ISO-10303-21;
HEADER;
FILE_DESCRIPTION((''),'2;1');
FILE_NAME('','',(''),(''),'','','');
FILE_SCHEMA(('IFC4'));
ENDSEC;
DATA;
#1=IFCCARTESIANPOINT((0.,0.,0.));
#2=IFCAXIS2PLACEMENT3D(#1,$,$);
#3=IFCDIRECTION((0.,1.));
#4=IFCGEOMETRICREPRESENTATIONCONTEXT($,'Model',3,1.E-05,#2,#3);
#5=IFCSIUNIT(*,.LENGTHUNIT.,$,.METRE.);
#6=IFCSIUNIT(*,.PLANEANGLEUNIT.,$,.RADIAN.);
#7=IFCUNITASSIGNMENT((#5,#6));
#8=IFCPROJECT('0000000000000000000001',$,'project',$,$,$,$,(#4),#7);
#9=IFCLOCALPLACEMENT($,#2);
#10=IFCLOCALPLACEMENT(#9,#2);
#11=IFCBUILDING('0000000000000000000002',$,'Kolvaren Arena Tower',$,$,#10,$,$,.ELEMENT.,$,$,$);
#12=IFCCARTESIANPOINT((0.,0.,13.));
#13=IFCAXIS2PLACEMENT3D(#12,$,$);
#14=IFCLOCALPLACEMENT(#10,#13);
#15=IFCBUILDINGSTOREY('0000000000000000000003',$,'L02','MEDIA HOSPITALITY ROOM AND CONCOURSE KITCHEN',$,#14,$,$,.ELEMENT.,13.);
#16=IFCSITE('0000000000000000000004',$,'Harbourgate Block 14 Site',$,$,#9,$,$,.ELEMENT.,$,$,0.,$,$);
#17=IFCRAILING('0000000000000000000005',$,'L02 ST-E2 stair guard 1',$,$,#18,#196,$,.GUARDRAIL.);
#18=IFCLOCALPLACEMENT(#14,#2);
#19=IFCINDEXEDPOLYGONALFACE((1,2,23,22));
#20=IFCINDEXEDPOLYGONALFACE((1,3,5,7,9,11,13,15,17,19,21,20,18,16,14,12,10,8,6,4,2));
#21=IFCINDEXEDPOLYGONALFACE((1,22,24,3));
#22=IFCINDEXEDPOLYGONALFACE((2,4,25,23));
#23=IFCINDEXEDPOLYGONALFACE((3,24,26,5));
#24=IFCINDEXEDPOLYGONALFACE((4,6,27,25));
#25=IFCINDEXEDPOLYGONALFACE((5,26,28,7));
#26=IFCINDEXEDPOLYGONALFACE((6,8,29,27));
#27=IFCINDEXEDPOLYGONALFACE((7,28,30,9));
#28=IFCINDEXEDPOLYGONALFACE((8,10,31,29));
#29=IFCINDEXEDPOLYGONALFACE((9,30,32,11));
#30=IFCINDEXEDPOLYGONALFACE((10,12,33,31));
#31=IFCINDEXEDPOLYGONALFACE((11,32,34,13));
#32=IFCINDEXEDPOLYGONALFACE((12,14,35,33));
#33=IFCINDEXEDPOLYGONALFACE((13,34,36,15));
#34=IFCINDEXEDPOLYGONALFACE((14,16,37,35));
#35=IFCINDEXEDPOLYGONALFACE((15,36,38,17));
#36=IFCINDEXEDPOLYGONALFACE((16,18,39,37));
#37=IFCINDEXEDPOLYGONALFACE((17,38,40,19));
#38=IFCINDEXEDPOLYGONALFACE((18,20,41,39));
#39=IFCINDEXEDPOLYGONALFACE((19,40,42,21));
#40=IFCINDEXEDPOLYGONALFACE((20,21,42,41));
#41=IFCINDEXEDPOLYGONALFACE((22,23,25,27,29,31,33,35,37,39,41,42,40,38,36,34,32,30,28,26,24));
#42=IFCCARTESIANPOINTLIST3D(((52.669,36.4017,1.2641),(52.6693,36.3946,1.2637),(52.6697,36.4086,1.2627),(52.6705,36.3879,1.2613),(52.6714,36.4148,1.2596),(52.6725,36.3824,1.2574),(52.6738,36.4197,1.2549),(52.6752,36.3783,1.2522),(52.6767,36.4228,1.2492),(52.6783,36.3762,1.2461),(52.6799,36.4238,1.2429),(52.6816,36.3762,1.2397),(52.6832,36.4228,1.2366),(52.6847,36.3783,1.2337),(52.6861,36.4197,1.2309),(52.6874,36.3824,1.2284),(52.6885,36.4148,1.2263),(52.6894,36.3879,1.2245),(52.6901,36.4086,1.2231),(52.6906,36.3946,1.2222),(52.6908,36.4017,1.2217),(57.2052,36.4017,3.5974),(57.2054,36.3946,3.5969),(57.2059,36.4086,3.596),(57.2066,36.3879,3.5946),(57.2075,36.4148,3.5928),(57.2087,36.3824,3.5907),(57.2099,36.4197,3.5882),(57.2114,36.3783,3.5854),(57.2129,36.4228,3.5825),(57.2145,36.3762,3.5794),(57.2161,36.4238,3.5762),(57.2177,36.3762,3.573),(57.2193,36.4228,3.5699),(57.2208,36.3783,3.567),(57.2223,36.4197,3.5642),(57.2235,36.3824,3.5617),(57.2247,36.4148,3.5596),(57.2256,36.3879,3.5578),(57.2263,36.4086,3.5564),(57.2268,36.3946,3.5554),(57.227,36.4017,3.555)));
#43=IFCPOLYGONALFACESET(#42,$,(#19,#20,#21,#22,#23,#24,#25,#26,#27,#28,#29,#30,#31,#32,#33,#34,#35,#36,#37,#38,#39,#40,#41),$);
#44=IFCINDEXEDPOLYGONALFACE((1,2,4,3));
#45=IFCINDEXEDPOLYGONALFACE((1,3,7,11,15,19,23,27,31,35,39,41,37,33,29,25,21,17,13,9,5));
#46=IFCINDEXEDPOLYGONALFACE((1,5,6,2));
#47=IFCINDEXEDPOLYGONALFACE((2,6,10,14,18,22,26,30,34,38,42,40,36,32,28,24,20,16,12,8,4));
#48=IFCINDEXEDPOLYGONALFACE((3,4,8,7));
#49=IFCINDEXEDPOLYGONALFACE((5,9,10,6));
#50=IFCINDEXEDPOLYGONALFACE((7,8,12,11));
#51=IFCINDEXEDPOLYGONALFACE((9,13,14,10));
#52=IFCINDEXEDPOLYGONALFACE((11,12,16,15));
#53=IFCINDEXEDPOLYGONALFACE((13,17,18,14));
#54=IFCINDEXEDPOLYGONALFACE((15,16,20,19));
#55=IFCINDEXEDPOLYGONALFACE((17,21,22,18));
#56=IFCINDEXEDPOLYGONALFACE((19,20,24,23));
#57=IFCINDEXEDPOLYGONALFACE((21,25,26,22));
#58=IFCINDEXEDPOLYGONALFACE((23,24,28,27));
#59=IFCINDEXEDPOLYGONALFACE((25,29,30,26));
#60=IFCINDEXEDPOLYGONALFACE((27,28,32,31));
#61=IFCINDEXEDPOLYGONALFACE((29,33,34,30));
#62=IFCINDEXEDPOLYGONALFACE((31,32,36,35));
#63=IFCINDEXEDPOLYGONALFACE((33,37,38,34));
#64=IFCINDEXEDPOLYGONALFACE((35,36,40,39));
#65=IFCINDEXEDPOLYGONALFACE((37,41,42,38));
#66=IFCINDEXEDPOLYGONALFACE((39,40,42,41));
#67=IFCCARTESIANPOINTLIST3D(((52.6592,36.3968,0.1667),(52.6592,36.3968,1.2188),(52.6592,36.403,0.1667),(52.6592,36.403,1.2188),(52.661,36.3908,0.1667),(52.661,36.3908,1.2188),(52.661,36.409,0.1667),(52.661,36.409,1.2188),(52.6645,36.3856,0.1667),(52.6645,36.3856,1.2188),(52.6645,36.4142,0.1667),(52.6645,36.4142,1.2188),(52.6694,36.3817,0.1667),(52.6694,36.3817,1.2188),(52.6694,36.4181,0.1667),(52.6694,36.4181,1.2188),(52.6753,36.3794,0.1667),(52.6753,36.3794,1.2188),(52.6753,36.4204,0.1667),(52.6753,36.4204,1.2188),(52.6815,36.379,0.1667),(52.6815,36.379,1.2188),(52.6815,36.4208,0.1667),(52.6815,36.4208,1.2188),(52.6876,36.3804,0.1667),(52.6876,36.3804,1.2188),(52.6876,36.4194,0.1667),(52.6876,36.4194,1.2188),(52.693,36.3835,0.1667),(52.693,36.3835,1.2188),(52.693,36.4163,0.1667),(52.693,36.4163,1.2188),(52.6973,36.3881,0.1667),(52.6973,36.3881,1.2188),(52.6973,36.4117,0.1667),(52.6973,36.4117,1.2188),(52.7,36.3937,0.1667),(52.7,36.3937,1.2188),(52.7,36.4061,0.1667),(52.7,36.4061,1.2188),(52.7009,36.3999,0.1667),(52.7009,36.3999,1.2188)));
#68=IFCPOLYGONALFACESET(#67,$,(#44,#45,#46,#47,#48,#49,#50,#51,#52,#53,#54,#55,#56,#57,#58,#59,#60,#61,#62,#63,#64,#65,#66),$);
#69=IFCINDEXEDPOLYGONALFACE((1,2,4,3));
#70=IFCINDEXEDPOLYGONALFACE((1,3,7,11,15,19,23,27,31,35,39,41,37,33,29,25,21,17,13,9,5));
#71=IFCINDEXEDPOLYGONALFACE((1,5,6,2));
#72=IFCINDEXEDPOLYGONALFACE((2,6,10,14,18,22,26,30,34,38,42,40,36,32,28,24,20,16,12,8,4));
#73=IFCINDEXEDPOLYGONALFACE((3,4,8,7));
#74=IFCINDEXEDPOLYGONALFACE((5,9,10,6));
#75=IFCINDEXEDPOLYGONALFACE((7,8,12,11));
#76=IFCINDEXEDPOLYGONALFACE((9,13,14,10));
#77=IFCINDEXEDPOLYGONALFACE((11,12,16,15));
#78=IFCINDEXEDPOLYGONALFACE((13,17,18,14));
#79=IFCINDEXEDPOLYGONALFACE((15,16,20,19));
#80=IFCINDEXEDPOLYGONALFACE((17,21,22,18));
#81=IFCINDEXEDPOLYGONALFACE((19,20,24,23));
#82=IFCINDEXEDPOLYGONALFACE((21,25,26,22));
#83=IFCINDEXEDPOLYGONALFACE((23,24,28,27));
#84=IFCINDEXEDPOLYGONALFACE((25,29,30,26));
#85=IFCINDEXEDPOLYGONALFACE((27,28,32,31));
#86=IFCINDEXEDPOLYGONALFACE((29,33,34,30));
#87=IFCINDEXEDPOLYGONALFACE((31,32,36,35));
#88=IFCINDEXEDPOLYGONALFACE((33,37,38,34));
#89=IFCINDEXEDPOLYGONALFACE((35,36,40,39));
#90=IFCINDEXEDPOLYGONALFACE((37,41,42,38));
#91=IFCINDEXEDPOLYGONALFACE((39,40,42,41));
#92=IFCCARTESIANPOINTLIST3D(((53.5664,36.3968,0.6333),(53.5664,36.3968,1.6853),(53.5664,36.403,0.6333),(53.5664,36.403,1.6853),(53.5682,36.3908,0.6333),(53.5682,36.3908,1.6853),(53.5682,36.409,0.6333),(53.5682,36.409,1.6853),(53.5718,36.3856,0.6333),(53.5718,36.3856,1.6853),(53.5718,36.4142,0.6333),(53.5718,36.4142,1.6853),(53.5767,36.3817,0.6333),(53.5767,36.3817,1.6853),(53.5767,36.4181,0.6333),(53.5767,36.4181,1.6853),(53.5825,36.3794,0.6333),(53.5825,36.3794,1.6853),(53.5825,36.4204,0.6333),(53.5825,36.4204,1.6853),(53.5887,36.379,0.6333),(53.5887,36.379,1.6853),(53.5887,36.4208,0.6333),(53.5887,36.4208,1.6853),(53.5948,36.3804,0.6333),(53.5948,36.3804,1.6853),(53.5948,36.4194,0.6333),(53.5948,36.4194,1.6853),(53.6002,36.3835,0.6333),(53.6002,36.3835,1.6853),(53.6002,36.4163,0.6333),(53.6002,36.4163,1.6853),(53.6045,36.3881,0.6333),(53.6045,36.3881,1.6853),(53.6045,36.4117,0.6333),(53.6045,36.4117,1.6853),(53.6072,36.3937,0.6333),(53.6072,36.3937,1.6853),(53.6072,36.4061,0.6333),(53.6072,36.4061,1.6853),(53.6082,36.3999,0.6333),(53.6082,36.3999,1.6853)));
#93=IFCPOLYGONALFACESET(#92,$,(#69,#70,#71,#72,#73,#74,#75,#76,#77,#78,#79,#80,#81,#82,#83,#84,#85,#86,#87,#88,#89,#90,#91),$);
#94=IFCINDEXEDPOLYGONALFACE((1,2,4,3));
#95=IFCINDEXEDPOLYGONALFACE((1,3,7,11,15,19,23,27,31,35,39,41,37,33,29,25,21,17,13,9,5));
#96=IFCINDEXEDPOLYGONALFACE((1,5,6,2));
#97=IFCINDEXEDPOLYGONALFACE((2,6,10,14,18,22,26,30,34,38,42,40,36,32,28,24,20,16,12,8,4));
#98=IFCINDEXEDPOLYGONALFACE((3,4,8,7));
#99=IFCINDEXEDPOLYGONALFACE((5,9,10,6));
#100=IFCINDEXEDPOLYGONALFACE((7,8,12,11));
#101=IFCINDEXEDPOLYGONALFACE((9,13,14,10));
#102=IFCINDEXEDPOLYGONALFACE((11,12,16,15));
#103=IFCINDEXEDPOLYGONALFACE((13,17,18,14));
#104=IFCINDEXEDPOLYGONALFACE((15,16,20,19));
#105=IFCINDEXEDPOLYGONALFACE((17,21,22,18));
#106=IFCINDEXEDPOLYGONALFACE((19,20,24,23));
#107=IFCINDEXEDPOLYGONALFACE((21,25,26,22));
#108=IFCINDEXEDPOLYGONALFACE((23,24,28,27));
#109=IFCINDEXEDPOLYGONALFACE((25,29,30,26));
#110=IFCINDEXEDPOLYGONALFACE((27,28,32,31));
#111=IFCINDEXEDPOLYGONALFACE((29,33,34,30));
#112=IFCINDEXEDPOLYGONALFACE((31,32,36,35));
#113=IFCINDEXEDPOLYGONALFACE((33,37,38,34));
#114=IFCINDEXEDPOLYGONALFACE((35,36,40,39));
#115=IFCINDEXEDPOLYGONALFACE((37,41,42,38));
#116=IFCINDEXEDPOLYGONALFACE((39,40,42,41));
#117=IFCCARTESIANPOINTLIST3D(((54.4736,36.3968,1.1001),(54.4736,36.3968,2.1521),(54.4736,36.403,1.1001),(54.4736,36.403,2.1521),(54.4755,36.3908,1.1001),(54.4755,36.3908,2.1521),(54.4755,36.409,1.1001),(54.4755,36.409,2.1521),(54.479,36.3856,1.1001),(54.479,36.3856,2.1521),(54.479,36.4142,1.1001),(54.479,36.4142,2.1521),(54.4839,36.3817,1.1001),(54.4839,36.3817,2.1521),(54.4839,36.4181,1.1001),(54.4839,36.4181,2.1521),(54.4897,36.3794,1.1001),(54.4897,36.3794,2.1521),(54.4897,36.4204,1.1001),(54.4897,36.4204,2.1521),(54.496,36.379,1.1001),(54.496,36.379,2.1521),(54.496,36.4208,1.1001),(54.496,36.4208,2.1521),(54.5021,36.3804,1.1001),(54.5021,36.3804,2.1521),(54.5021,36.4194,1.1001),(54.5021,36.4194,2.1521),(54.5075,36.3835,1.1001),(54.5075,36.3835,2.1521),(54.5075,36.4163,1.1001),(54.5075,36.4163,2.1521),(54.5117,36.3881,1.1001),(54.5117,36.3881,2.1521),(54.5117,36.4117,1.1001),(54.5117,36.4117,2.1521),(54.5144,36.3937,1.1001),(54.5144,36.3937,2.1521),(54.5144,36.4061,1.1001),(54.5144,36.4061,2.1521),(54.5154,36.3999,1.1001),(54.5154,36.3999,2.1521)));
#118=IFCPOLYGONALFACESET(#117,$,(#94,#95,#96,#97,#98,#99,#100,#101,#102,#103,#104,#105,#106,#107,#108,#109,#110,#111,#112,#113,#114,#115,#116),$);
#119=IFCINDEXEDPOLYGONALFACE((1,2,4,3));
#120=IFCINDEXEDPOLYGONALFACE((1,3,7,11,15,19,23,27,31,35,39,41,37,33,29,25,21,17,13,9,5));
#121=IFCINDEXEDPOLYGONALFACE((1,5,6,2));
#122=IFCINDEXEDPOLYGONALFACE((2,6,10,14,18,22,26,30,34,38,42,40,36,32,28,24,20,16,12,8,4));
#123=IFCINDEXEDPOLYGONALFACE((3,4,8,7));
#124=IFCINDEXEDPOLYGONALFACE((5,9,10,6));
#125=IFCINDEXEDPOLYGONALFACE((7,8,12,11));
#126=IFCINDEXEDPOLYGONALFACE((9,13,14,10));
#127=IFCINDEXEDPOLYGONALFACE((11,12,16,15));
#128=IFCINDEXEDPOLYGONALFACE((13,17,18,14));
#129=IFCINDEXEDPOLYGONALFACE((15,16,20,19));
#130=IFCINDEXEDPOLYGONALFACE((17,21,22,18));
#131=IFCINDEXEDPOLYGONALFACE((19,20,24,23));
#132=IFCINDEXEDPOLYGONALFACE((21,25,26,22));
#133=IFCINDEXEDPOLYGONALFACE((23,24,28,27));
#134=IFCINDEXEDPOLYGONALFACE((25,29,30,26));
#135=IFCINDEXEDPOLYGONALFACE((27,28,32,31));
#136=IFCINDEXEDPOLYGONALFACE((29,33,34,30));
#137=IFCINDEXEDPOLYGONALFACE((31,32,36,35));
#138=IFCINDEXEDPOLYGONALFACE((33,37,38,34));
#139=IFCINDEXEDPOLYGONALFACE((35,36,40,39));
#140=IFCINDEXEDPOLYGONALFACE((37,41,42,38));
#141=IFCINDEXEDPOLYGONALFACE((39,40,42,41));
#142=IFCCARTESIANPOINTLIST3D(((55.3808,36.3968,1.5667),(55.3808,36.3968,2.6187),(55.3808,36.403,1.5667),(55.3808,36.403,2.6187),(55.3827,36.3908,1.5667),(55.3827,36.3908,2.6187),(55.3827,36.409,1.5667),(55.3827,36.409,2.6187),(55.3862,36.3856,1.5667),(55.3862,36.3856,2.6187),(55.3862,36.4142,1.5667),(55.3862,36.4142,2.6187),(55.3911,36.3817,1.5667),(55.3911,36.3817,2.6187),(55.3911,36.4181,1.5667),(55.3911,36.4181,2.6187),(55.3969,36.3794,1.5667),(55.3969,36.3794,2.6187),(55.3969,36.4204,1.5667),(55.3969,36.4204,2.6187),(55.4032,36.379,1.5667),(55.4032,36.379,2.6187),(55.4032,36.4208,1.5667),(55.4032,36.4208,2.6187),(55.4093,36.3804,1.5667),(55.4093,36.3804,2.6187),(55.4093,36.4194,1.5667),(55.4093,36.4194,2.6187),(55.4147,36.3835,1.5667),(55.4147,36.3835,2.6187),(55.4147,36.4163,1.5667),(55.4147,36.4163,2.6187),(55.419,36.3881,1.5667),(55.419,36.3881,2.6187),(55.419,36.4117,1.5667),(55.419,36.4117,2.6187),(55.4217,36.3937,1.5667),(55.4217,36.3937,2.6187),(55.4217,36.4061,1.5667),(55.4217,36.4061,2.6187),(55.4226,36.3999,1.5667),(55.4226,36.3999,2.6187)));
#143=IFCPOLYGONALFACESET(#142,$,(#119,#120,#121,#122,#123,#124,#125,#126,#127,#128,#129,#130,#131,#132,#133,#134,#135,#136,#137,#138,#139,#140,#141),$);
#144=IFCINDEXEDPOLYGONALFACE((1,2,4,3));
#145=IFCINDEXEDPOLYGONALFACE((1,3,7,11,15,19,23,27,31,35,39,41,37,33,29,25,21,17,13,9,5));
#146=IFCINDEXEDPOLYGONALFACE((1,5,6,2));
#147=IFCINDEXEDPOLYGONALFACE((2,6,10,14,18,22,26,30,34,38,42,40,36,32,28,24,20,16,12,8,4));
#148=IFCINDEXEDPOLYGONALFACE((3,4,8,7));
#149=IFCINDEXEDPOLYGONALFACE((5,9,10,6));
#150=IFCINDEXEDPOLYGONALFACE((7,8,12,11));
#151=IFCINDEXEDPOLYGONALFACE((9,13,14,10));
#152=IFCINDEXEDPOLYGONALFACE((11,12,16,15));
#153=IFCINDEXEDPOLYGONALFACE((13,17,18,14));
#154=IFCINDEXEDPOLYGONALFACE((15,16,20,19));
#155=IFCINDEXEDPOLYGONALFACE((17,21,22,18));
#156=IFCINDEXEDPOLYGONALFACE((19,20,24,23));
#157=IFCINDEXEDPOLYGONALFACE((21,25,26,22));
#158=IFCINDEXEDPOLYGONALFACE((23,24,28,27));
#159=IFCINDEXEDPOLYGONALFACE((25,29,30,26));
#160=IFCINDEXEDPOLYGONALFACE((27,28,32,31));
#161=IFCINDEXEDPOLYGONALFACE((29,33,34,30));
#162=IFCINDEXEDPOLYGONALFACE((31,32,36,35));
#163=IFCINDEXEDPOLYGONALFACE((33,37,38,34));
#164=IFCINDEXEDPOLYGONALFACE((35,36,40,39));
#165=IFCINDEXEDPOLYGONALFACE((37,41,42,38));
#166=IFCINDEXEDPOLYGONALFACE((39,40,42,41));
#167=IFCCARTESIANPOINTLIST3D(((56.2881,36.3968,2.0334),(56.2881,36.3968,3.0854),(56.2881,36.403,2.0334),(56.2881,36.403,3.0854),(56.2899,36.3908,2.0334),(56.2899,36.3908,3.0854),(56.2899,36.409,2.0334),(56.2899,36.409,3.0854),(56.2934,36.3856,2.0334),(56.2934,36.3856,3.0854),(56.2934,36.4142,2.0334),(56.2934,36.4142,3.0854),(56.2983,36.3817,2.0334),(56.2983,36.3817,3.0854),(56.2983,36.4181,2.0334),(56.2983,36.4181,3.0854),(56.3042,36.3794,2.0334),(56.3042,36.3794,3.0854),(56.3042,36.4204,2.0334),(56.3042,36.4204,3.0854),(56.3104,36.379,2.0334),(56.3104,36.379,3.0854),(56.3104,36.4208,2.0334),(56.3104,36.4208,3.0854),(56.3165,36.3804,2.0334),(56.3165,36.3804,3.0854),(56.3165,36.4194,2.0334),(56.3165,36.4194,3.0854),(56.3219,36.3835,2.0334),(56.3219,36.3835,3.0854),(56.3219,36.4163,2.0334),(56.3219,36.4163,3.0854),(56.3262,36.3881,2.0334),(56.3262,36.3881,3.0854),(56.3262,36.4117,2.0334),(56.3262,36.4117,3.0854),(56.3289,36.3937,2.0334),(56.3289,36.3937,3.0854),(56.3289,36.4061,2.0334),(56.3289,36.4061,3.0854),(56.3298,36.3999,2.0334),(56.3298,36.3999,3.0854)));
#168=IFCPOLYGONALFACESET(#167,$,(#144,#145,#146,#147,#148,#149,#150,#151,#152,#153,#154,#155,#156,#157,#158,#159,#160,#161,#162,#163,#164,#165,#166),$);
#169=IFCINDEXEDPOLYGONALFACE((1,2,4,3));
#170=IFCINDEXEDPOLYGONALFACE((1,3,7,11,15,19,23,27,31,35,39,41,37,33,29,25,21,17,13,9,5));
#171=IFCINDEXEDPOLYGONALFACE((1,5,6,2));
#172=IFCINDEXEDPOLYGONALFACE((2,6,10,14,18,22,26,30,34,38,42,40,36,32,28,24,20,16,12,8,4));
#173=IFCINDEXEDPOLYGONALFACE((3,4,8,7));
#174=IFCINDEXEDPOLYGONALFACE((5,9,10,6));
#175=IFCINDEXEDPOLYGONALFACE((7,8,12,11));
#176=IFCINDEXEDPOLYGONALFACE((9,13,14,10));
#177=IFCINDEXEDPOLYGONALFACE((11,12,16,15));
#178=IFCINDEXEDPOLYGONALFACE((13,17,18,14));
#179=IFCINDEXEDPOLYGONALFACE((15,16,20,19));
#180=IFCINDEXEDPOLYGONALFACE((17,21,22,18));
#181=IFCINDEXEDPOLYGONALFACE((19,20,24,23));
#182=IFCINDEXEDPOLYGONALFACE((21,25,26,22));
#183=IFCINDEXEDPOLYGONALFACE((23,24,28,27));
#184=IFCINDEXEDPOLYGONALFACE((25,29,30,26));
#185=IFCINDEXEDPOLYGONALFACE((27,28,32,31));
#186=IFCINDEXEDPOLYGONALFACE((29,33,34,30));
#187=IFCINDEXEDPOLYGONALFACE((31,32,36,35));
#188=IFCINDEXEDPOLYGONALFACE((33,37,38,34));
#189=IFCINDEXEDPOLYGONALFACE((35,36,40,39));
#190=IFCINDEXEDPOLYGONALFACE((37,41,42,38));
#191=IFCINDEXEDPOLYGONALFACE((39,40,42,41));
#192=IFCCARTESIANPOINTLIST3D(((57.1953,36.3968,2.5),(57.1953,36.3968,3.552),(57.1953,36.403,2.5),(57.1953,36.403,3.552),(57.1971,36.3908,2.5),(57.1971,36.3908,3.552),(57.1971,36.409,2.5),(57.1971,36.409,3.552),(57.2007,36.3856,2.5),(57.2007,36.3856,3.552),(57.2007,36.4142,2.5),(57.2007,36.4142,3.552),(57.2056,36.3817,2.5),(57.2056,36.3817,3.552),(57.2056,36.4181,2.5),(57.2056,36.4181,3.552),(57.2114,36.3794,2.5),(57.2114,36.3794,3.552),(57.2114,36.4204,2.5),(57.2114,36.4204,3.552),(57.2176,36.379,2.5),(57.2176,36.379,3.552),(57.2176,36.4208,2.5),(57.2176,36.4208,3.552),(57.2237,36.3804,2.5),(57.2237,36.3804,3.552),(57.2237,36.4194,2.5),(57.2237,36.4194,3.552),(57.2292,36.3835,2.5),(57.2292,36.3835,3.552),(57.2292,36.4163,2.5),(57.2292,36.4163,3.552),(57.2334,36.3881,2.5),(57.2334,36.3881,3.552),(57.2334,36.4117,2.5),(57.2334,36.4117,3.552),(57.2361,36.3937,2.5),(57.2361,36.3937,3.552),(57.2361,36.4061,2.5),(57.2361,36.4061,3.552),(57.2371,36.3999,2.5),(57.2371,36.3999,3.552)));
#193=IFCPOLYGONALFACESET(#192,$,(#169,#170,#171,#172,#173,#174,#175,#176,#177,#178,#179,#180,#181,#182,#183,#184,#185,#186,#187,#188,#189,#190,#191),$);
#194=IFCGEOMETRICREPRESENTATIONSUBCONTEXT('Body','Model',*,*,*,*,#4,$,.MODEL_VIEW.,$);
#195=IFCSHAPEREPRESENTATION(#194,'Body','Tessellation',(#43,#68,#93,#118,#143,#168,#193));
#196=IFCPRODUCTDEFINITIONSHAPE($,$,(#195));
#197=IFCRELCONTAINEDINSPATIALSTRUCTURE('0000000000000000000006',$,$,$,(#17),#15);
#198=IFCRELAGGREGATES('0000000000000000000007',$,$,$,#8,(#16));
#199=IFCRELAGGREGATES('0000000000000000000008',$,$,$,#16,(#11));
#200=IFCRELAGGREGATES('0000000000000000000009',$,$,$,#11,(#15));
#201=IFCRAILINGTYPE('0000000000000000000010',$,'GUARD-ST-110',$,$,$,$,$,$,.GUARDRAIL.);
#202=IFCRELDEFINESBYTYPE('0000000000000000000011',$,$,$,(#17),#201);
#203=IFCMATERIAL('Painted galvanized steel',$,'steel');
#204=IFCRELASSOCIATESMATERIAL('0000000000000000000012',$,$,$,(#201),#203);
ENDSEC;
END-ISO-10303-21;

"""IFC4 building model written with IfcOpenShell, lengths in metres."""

from ifc_helpers import new_model, si_unit, direction, frame, origin, origin_2d, place, context, subcontext, project, spatial, circle, extrude, material, type_object, element, save


model = new_model("IFC4")

# Units and contexts
model_context = context("Model", 3, precision=1e-05, world=origin(), true_north=direction((0.0, 1.0)))
body_context = subcontext(model_context, "Body", "Model", "MODEL_VIEW")
ifc_project = project(units=[si_unit("LENGTHUNIT", "METRE"), si_unit("PLANEANGLEUNIT", "RADIAN")], contexts=[model_context])

# Site, building, storey
site_placement = place(None, origin())
site = spatial("IfcSite", under=ifc_project, at=site_placement, Name="Harbourgate Block 14 Site", CompositionType="ELEMENT", RefElevation=0.0)
building_placement = place(site_placement, origin())
building = spatial("IfcBuilding", under=site, at=building_placement, Name="Kolvaren Arena Tower", CompositionType="ELEMENT")
storey_placement = place(building_placement, frame((0.0, 0.0, 13.0)))
storey = spatial("IfcBuildingStorey", under=building, at=storey_placement, Name="L02", Description="MEDIA HOSPITALITY ROOM AND CONCOURSE KITCHEN", CompositionType="ELEMENT", Elevation=13.0)

# Railing
ifc_material_1 = material(Name="Painted galvanized steel", Category="steel")
railing_type_1 = type_object("IfcRailingType", Name="GUARD-ST-110", PredefinedType="GUARDRAIL", material=ifc_material_1)
railing_1_placement = place(storey_placement, frame((52.6799, 36.3999, 0.1667)))
element("IfcRailing", 1, at=railing_1_placement, inside=storey, type_object=railing_type_1, Name="L02 ST-E2 stair guard 1", PredefinedType="GUARDRAIL", context=body_context, shape_type="SweptSolid", body=[
    extrude(circle(Radius=0.0239, at=origin_2d()), frame((0.0, 0.0, 1.0762), z_axis=(0.889257, 0.0, 0.457407), x_axis=(0.0, 1.0, 0.0)), (0.0, 0.0, 1.0), 5.1011),
    extrude(circle(Radius=0.021, at=origin_2d()), origin(), (0.0, 0.0, 1.0), 1.052),
    extrude(circle(Radius=0.021, at=origin_2d()), frame((0.9072, 0.0, 0.4666)), (0.0, 0.0, 1.0), 1.052),
    extrude(circle(Radius=0.021, at=origin_2d()), frame((1.8145, 0.0, 0.9333)), (0.0, 0.0, 1.0), 1.052),
    extrude(circle(Radius=0.021, at=origin_2d()), frame((2.7217, 0.0, 1.3999)), (0.0, 0.0, 1.0), 1.052),
    extrude(circle(Radius=0.021, at=origin_2d()), frame((3.6289, 0.0, 1.8667)), (0.0, 0.0, 1.0), 1.052),
    extrude(circle(Radius=0.021, at=origin_2d()), frame((4.5361, 0.0, 2.3333)), (0.0, 0.0, 1.0), 1.052),
])

save(model, "model.ifc")
